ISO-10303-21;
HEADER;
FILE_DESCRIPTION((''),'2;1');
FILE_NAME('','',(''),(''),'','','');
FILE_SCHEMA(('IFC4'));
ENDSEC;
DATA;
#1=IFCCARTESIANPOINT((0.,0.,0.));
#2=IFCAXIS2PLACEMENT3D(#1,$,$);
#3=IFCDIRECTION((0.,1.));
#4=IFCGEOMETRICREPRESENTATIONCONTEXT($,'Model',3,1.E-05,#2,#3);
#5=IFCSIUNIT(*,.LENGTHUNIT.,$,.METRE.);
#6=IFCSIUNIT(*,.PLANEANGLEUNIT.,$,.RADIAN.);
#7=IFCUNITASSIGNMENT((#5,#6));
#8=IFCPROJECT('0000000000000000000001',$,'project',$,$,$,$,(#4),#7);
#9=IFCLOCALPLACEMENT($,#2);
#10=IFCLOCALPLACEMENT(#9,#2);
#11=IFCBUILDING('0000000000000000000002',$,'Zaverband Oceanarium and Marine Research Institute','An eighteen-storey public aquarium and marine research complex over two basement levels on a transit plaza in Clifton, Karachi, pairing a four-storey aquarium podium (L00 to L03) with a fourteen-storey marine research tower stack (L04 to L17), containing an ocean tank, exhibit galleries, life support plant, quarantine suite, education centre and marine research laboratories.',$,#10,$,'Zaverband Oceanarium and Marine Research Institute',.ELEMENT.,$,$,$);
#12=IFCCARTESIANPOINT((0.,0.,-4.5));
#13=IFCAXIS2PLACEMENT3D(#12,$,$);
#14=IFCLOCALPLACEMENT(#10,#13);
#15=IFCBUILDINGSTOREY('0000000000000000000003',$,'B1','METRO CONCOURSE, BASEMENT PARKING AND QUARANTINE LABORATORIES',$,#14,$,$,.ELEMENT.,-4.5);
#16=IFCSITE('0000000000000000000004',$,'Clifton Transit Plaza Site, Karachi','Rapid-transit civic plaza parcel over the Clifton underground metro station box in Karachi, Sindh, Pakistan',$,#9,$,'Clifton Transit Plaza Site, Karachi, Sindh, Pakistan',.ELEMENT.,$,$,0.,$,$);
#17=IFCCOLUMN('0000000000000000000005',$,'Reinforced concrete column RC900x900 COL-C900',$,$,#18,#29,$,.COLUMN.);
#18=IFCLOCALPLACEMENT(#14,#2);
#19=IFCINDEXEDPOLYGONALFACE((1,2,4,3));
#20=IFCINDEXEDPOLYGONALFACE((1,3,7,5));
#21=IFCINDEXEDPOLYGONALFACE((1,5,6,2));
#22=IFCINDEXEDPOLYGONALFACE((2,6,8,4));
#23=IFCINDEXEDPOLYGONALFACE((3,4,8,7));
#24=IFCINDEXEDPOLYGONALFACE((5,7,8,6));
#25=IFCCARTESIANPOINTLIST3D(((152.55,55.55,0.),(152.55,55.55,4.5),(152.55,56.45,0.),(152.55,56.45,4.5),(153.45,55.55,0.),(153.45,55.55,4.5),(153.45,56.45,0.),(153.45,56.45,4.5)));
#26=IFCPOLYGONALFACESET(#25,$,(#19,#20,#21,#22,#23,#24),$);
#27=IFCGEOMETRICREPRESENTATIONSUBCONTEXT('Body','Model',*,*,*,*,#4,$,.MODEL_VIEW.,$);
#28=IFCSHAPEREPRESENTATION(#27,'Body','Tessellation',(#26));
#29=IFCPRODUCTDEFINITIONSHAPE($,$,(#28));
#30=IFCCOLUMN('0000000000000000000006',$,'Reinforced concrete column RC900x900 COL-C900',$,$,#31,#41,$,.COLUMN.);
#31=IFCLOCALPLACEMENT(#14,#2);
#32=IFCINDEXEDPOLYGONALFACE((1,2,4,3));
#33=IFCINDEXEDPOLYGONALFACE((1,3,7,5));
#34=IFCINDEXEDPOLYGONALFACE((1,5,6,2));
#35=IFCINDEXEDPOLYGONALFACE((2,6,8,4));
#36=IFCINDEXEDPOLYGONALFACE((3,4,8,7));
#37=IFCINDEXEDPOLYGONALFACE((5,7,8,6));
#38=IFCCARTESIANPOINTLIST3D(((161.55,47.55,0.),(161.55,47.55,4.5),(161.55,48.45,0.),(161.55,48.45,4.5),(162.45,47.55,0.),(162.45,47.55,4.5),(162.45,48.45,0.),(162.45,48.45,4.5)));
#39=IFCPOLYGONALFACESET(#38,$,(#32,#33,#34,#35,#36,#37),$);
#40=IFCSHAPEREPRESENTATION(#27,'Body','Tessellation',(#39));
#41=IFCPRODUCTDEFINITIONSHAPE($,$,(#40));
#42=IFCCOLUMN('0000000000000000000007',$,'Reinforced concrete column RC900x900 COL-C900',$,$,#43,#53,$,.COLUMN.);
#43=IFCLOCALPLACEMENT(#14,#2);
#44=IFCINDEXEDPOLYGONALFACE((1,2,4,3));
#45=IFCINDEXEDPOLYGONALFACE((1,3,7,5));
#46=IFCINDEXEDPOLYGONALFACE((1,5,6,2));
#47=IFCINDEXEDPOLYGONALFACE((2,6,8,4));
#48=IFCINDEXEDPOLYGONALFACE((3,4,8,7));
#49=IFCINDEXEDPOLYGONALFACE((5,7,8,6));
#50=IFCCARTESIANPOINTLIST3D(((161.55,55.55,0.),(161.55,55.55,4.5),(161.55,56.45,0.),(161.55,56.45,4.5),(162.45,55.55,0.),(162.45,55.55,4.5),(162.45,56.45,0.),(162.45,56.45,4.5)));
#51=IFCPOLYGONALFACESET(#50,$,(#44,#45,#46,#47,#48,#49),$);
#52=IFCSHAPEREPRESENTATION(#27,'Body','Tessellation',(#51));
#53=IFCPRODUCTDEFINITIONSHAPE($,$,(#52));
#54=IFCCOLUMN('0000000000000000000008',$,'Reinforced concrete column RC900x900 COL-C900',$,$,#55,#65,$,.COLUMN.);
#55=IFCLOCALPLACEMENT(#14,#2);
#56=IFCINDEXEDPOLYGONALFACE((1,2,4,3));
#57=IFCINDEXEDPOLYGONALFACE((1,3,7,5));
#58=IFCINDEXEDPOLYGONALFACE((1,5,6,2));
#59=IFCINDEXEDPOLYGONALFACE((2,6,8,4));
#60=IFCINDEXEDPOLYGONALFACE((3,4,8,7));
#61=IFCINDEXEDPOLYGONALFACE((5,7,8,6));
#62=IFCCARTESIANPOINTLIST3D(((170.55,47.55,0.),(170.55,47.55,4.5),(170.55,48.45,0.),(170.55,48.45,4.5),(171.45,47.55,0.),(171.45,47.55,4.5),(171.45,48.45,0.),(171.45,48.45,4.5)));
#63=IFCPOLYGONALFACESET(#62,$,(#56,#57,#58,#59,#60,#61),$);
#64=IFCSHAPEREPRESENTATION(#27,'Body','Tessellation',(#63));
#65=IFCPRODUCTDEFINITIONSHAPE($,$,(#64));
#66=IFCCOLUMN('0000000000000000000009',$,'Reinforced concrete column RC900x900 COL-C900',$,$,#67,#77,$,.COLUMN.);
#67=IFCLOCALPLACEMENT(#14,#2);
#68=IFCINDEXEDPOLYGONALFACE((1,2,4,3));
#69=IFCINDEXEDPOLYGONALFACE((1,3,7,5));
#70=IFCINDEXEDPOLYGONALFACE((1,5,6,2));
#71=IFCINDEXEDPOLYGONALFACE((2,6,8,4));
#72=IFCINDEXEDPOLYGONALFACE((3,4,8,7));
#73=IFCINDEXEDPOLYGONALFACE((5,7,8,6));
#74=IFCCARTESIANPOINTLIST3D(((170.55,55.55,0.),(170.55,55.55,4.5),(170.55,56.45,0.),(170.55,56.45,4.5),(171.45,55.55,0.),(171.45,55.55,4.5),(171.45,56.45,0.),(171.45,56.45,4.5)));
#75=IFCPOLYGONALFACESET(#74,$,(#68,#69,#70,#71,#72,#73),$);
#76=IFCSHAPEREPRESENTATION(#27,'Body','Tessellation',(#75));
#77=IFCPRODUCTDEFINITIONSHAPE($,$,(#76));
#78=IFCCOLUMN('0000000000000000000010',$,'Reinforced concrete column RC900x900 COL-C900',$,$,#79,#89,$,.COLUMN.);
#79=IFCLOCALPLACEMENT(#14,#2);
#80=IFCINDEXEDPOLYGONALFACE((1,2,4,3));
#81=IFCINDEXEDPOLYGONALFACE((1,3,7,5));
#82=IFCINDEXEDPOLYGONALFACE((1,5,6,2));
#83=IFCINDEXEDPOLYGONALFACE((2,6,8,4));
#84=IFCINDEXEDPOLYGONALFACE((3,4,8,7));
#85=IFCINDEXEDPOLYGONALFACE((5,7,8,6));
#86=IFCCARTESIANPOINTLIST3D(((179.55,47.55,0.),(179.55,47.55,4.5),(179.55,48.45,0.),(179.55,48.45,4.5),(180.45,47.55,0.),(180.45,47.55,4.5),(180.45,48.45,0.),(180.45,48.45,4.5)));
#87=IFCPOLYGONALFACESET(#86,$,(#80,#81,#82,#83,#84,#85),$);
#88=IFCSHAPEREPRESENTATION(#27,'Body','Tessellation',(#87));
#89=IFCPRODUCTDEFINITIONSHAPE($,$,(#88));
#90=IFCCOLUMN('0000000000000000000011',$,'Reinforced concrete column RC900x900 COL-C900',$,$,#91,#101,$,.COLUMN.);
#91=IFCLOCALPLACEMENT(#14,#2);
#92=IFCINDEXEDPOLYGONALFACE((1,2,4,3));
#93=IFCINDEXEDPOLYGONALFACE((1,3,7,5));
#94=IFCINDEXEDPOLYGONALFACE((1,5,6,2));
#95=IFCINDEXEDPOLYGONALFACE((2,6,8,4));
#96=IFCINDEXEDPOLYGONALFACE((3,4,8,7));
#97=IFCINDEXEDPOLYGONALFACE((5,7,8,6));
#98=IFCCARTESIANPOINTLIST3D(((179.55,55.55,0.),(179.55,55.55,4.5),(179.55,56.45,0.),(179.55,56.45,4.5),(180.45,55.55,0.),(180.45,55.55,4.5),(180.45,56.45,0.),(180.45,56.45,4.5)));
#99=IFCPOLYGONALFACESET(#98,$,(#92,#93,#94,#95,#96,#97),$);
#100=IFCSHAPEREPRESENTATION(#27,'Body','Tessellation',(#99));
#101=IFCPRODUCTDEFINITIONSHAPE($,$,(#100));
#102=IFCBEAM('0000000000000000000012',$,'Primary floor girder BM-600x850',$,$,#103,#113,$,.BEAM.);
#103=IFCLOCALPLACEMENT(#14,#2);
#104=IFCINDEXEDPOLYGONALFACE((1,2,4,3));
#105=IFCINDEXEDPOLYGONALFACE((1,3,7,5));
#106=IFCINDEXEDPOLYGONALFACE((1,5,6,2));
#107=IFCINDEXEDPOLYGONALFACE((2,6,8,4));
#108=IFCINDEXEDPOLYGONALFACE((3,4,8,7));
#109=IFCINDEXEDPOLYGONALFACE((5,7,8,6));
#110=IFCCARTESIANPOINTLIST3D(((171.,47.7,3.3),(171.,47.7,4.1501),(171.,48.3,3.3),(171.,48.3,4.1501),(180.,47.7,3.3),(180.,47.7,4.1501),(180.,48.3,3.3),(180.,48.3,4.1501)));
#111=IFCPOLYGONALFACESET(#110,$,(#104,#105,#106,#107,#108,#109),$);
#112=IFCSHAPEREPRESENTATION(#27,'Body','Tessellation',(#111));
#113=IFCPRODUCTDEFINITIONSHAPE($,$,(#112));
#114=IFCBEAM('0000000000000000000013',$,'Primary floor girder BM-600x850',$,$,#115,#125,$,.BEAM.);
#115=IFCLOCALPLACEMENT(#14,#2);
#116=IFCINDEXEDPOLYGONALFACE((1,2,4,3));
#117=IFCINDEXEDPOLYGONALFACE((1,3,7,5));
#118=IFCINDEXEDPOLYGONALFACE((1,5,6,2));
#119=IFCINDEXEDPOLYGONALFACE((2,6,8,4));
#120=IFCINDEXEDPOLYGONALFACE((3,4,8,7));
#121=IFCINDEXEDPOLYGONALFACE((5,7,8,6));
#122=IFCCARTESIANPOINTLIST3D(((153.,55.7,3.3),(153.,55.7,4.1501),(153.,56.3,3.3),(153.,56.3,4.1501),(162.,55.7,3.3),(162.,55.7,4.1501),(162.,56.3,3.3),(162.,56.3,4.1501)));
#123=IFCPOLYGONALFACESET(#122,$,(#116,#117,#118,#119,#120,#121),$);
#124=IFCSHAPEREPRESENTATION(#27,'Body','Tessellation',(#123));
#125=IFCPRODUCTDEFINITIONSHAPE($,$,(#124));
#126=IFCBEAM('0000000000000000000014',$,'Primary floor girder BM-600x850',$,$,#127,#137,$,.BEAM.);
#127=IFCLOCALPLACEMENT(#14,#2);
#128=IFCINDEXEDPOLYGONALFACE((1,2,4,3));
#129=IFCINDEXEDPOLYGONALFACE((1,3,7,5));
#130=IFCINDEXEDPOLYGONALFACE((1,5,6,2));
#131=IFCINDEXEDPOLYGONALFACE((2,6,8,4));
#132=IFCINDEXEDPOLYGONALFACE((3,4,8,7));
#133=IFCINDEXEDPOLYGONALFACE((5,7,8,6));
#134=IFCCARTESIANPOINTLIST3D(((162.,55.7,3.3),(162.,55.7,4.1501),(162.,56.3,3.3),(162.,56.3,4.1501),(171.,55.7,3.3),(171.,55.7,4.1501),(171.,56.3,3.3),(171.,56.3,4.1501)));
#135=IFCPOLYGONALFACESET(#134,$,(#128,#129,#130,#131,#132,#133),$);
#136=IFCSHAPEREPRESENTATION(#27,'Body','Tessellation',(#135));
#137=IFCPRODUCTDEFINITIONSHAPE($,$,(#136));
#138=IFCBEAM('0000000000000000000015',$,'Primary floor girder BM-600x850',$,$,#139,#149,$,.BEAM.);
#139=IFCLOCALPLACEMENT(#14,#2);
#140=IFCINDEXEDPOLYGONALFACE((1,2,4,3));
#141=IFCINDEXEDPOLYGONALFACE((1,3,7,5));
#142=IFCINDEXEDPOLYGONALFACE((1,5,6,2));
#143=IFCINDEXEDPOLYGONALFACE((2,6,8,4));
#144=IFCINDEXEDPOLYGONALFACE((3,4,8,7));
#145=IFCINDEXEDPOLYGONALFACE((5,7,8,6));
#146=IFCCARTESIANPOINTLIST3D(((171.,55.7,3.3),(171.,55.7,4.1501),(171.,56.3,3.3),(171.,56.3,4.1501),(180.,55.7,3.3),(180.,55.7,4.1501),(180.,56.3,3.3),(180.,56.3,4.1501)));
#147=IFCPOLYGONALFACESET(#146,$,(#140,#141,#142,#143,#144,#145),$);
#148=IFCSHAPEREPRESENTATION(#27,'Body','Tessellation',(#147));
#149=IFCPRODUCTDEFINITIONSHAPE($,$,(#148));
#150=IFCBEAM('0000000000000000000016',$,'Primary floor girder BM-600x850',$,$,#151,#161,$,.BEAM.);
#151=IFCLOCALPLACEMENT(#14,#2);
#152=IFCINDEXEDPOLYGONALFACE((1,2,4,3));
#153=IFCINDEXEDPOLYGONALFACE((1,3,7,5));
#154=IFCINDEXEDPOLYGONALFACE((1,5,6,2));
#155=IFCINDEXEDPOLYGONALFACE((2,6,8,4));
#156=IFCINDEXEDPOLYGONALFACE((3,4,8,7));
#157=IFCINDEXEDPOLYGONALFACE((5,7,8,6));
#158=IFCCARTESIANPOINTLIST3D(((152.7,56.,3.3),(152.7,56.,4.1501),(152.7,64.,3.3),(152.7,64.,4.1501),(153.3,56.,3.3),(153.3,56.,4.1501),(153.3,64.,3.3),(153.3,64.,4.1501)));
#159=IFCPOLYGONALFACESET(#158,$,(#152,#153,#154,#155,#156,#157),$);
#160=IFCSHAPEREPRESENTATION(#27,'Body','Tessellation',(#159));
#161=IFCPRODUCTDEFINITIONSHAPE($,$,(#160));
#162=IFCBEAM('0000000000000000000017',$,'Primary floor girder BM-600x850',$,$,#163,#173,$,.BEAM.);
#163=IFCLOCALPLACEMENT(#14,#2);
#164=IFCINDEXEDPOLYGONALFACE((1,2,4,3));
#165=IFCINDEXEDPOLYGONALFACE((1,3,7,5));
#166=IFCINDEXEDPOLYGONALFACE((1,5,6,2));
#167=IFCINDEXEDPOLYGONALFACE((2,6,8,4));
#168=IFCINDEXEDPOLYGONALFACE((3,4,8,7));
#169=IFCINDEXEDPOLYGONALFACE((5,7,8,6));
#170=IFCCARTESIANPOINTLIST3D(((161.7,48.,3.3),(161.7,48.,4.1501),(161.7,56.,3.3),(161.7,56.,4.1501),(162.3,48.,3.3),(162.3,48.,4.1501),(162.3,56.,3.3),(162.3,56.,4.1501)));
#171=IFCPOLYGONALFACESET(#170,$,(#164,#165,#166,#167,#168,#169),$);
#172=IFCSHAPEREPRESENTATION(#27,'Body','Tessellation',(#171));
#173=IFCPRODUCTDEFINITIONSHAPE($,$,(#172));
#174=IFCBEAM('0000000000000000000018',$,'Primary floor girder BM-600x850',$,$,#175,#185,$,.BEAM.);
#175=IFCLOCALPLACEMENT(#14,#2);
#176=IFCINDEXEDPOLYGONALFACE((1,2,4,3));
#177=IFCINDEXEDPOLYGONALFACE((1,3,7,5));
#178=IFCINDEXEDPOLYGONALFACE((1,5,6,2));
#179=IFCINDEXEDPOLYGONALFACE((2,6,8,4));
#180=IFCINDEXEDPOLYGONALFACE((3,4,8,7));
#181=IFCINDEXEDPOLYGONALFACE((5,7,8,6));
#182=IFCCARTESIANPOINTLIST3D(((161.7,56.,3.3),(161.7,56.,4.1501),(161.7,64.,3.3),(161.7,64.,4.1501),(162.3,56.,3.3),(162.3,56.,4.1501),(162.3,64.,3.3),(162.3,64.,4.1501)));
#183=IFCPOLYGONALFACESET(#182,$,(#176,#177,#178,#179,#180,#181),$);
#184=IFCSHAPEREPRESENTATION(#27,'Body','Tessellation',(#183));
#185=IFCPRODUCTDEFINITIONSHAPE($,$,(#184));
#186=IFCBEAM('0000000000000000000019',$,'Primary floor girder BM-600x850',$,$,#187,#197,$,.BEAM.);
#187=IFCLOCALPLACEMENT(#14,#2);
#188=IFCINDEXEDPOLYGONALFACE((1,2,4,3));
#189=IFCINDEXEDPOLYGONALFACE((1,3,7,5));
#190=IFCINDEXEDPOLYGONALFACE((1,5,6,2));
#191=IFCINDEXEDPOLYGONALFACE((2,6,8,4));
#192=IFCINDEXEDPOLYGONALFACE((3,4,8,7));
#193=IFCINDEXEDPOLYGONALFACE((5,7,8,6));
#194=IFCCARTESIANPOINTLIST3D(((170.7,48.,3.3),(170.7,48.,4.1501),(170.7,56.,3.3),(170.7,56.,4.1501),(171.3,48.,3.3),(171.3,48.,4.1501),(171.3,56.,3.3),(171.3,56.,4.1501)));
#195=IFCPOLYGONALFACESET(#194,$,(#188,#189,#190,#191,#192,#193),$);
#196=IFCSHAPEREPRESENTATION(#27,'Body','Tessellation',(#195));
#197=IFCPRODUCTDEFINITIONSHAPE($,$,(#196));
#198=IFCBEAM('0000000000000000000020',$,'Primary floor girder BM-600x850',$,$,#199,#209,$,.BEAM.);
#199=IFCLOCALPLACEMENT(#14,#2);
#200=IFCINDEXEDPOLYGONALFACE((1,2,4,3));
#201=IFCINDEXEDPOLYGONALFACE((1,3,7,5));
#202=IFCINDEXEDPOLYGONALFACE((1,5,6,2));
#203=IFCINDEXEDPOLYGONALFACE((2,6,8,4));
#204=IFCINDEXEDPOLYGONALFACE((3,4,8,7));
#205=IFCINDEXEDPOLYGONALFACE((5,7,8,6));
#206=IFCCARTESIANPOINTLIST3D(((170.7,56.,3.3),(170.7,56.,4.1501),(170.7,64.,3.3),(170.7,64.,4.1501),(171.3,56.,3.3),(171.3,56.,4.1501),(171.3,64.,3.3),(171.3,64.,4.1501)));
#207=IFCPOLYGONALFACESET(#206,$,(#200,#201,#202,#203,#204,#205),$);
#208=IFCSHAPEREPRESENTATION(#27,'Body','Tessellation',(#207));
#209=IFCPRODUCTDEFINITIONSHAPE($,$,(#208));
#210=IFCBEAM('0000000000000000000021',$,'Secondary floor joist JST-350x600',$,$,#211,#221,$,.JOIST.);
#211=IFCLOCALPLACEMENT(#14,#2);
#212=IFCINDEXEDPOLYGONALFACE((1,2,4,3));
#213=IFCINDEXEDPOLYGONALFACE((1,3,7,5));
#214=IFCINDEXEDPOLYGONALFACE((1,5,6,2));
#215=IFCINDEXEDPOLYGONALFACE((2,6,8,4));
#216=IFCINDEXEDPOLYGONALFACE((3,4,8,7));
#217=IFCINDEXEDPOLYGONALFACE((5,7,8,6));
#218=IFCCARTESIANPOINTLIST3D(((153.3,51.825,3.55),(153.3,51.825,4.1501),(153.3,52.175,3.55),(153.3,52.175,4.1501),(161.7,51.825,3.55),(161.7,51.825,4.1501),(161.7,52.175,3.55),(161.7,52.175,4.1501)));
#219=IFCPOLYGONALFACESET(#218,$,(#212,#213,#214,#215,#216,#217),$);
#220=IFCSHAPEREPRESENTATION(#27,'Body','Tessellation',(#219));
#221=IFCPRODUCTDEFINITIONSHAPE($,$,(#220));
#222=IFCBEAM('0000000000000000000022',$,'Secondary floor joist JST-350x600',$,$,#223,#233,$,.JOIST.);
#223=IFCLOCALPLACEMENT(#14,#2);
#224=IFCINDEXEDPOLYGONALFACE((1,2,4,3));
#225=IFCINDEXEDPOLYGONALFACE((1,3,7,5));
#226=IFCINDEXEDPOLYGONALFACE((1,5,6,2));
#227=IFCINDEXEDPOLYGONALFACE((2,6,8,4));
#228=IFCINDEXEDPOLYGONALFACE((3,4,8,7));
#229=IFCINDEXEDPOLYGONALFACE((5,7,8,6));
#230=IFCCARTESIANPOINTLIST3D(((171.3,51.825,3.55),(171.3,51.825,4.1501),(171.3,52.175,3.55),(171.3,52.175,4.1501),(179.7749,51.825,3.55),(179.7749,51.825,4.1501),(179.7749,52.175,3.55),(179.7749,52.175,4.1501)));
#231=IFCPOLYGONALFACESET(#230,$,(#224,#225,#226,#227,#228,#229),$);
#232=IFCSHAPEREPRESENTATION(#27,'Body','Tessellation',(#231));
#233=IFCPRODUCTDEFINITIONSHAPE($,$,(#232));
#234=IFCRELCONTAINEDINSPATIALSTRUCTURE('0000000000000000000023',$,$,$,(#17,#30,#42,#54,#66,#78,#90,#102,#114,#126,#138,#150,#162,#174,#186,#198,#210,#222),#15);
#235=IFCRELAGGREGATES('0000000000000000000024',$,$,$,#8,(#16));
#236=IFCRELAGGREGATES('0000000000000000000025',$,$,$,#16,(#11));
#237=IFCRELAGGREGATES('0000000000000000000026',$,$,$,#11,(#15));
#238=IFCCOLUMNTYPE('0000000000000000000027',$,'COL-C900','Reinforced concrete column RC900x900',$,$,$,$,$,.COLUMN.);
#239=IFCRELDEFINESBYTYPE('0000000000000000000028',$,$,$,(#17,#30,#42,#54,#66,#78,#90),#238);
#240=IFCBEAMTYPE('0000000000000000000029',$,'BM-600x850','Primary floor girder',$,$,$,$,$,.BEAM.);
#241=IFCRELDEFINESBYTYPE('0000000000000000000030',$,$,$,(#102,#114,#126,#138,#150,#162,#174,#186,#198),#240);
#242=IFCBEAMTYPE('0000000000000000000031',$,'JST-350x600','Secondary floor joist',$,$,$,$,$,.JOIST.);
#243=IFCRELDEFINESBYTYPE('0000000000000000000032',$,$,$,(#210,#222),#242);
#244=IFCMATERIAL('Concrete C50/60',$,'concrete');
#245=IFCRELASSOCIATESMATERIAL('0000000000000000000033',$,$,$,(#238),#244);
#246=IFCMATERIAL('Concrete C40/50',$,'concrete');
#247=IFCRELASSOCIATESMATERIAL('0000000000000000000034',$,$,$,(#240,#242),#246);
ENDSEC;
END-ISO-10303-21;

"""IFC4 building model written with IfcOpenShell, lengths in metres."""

from ifc_helpers import new_model, si_unit, direction, frame, origin, origin_2d, place, context, subcontext, project, spatial, rectangle, extrude, material, material_profile, profile_set, type_object, element, save


model = new_model("IFC4")

# Units and contexts
model_context = context("Model", 3, precision=1e-05, world=origin(), true_north=direction((0.0, 1.0)))
body_context = subcontext(model_context, "Body", "Model", "MODEL_VIEW")
ifc_project = project(units=[si_unit("LENGTHUNIT", "METRE"), si_unit("PLANEANGLEUNIT", "RADIAN")], contexts=[model_context])

# Site, building, storey
site_placement = place(None, origin())
site = spatial("IfcSite", under=ifc_project, at=site_placement, Name="Clifton Transit Plaza Site, Karachi", Description="Rapid-transit civic plaza parcel over the Clifton underground metro station box in Karachi, Sindh, Pakistan", LongName="Clifton Transit Plaza Site, Karachi, Sindh, Pakistan", CompositionType="ELEMENT", RefElevation=0.0)
building_placement = place(site_placement, origin())
building = spatial("IfcBuilding", under=site, at=building_placement, Name="Zaverband Oceanarium and Marine Research Institute", Description="An eighteen-storey public aquarium and marine research complex over two basement levels on a transit plaza in Clifton, Karachi, pairing a four-storey aquarium podium (L00 to L03) with a fourteen-storey marine research tower stack (L04 to L17), containing an ocean tank, exhibit galleries, life support plant, quarantine suite, education centre and marine research laboratories.", LongName="Zaverband Oceanarium and Marine Research Institute", CompositionType="ELEMENT")
storey_placement = place(building_placement, frame((0.0, 0.0, -4.5)))
storey = spatial("IfcBuildingStorey", under=building, at=storey_placement, Name="B1", Description="METRO CONCOURSE, BASEMENT PARKING AND QUARANTINE LABORATORIES", CompositionType="ELEMENT", Elevation=-4.5)

# Columns
ifc_material_1 = material(Name="Concrete C50/60", Category="concrete")
ifc_material_profile_1 = material_profile(ifc_material_1, rectangle(XDim=0.8999, YDim=0.8999, at=origin_2d()), Name="RC900x900")
ifc_profile_set_1 = profile_set([ifc_material_profile_1], Name="Concrete C50/60")
column_type = type_object("IfcColumnType", Name="COL-C900", Description="Reinforced concrete column RC900x900", PredefinedType="COLUMN", material=ifc_profile_set_1)
for number, where, z_axis, x_axis, name in (
    (1, (153.0, 56.0, 0.0), (0.0, 0.0, 1.0), (1.0, 0.0, 0.0), "Reinforced concrete column RC900x900 COL-C900"),
    (2, (162.0, 48.0, 0.0), (0.0, 0.0, 1.0), (1.0, 0.0, 0.0), "Reinforced concrete column RC900x900 COL-C900"),
    (3, (162.0, 56.0, 0.0), (0.0, 0.0, 1.0), (1.0, 0.0, 0.0), "Reinforced concrete column RC900x900 COL-C900"),
    (4, (171.0, 48.0, 0.0), (0.0, 0.0, 1.0), (1.0, 0.0, 0.0), "Reinforced concrete column RC900x900 COL-C900"),
    (5, (171.0, 56.0, 0.0), (0.0, 0.0, 1.0), (1.0, 0.0, 0.0), "Reinforced concrete column RC900x900 COL-C900"),
    (6, (180.0, 48.0, 0.0), (0.0, 0.0, 1.0), (1.0, 0.0, 0.0), "Reinforced concrete column RC900x900 COL-C900"),
    (7, (180.0, 56.0, 0.0), (0.0, 0.0, 1.0), (1.0, 0.0, 0.0), "Reinforced concrete column RC900x900 COL-C900"),
):
    element("IfcColumn", number, at=place(storey_placement, frame(where, z_axis=z_axis, x_axis=x_axis)), inside=storey, type_object=column_type, Name=name, PredefinedType="COLUMN", context=body_context, shape_type="SweptSolid", body=[
        extrude(rectangle(XDim=0.8999, YDim=0.8999, at=origin_2d()), origin(), (0.0, 0.0, 1.0), 4.5),
    ])

# Beams
ifc_material_2 = material(Name="Concrete C40/50", Category="concrete")
ifc_material_profile_2 = material_profile(ifc_material_2, rectangle(XDim=0.6001, YDim=0.8501, at=origin_2d()), Name="RC600x850")
ifc_profile_set_2 = profile_set([ifc_material_profile_2], Name="Concrete C40/50")
beam_type_1 = type_object("IfcBeamType", Name="BM-600x850", Description="Primary floor girder", PredefinedType="BEAM", material=ifc_profile_set_2)
for number, where, z_axis, x_axis, name in (
    (8, (171.0, 48.0, 3.7251), (1.0, 0.0, 0.0), (0.0, 1.0, 0.0), "Primary floor girder BM-600x850"),
    (9, (153.0, 56.0, 3.7251), (1.0, 0.0, 0.0), (0.0, 1.0, 0.0), "Primary floor girder BM-600x850"),
    (10, (162.0, 56.0, 3.7251), (1.0, 0.0, 0.0), (0.0, 1.0, 0.0), "Primary floor girder BM-600x850"),
    (11, (171.0, 56.0, 3.7251), (1.0, 0.0, 0.0), (0.0, 1.0, 0.0), "Primary floor girder BM-600x850"),
):
    element("IfcBeam", number, at=place(storey_placement, frame(where, z_axis=z_axis, x_axis=x_axis)), inside=storey, type_object=beam_type_1, Name=name, PredefinedType="BEAM", context=body_context, shape_type="SweptSolid", body=[
        extrude(rectangle(XDim=0.6001, YDim=0.8501, at=origin_2d()), origin(), (0.0, 0.0, 1.0), 9.0),
    ])
for number, where, z_axis, x_axis, name in (
    (12, (153.0, 56.0, 3.7251), (0.0, 1.0, 0.0), (-1.0, 0.0, 0.0), "Primary floor girder BM-600x850"),
    (13, (162.0, 48.0, 3.7251), (0.0, 1.0, 0.0), (-1.0, 0.0, 0.0), "Primary floor girder BM-600x850"),
    (14, (162.0, 56.0, 3.7251), (0.0, 1.0, 0.0), (-1.0, 0.0, 0.0), "Primary floor girder BM-600x850"),
    (15, (171.0, 48.0, 3.7251), (0.0, 1.0, 0.0), (-1.0, 0.0, 0.0), "Primary floor girder BM-600x850"),
    (16, (171.0, 56.0, 3.7251), (0.0, 1.0, 0.0), (-1.0, 0.0, 0.0), "Primary floor girder BM-600x850"),
):
    element("IfcBeam", number, at=place(storey_placement, frame(where, z_axis=z_axis, x_axis=x_axis)), inside=storey, type_object=beam_type_1, Name=name, PredefinedType="BEAM", context=body_context, shape_type="SweptSolid", body=[
        extrude(rectangle(XDim=0.6001, YDim=0.8501, at=origin_2d()), origin(), (0.0, 0.0, 1.0), 8.0),
    ])
ifc_material_profile_3 = material_profile(ifc_material_2, rectangle(XDim=0.3501, YDim=0.6001, at=origin_2d()), Name="RC350x600")
ifc_profile_set_3 = profile_set([ifc_material_profile_3], Name="Concrete C40/50")
beam_type_2 = type_object("IfcBeamType", Name="JST-350x600", Description="Secondary floor joist", PredefinedType="JOIST", material=ifc_profile_set_3)
beam_1_placement = place(storey_placement, frame((153.3, 52.0, 3.8501), z_axis=(1.0, 0.0, 0.0), x_axis=(0.0, 1.0, 0.0)))
element("IfcBeam", 17, at=beam_1_placement, inside=storey, type_object=beam_type_2, Name="Secondary floor joist JST-350x600", PredefinedType="JOIST", context=body_context, shape_type="SweptSolid", body=[
    extrude(rectangle(XDim=0.3501, YDim=0.6001, at=origin_2d()), origin(), (0.0, 0.0, 1.0), 8.3999),
])
beam_2_placement = place(storey_placement, frame((171.3, 52.0, 3.8501), z_axis=(1.0, 0.0, 0.0), x_axis=(0.0, 1.0, 0.0)))
element("IfcBeam", 18, at=beam_2_placement, inside=storey, type_object=beam_type_2, Name="Secondary floor joist JST-350x600", PredefinedType="JOIST", context=body_context, shape_type="SweptSolid", body=[
    extrude(rectangle(XDim=0.3501, YDim=0.6001, at=origin_2d()), origin(), (0.0, 0.0, 1.0), 8.4749),
])

save(model, "model.ifc")
